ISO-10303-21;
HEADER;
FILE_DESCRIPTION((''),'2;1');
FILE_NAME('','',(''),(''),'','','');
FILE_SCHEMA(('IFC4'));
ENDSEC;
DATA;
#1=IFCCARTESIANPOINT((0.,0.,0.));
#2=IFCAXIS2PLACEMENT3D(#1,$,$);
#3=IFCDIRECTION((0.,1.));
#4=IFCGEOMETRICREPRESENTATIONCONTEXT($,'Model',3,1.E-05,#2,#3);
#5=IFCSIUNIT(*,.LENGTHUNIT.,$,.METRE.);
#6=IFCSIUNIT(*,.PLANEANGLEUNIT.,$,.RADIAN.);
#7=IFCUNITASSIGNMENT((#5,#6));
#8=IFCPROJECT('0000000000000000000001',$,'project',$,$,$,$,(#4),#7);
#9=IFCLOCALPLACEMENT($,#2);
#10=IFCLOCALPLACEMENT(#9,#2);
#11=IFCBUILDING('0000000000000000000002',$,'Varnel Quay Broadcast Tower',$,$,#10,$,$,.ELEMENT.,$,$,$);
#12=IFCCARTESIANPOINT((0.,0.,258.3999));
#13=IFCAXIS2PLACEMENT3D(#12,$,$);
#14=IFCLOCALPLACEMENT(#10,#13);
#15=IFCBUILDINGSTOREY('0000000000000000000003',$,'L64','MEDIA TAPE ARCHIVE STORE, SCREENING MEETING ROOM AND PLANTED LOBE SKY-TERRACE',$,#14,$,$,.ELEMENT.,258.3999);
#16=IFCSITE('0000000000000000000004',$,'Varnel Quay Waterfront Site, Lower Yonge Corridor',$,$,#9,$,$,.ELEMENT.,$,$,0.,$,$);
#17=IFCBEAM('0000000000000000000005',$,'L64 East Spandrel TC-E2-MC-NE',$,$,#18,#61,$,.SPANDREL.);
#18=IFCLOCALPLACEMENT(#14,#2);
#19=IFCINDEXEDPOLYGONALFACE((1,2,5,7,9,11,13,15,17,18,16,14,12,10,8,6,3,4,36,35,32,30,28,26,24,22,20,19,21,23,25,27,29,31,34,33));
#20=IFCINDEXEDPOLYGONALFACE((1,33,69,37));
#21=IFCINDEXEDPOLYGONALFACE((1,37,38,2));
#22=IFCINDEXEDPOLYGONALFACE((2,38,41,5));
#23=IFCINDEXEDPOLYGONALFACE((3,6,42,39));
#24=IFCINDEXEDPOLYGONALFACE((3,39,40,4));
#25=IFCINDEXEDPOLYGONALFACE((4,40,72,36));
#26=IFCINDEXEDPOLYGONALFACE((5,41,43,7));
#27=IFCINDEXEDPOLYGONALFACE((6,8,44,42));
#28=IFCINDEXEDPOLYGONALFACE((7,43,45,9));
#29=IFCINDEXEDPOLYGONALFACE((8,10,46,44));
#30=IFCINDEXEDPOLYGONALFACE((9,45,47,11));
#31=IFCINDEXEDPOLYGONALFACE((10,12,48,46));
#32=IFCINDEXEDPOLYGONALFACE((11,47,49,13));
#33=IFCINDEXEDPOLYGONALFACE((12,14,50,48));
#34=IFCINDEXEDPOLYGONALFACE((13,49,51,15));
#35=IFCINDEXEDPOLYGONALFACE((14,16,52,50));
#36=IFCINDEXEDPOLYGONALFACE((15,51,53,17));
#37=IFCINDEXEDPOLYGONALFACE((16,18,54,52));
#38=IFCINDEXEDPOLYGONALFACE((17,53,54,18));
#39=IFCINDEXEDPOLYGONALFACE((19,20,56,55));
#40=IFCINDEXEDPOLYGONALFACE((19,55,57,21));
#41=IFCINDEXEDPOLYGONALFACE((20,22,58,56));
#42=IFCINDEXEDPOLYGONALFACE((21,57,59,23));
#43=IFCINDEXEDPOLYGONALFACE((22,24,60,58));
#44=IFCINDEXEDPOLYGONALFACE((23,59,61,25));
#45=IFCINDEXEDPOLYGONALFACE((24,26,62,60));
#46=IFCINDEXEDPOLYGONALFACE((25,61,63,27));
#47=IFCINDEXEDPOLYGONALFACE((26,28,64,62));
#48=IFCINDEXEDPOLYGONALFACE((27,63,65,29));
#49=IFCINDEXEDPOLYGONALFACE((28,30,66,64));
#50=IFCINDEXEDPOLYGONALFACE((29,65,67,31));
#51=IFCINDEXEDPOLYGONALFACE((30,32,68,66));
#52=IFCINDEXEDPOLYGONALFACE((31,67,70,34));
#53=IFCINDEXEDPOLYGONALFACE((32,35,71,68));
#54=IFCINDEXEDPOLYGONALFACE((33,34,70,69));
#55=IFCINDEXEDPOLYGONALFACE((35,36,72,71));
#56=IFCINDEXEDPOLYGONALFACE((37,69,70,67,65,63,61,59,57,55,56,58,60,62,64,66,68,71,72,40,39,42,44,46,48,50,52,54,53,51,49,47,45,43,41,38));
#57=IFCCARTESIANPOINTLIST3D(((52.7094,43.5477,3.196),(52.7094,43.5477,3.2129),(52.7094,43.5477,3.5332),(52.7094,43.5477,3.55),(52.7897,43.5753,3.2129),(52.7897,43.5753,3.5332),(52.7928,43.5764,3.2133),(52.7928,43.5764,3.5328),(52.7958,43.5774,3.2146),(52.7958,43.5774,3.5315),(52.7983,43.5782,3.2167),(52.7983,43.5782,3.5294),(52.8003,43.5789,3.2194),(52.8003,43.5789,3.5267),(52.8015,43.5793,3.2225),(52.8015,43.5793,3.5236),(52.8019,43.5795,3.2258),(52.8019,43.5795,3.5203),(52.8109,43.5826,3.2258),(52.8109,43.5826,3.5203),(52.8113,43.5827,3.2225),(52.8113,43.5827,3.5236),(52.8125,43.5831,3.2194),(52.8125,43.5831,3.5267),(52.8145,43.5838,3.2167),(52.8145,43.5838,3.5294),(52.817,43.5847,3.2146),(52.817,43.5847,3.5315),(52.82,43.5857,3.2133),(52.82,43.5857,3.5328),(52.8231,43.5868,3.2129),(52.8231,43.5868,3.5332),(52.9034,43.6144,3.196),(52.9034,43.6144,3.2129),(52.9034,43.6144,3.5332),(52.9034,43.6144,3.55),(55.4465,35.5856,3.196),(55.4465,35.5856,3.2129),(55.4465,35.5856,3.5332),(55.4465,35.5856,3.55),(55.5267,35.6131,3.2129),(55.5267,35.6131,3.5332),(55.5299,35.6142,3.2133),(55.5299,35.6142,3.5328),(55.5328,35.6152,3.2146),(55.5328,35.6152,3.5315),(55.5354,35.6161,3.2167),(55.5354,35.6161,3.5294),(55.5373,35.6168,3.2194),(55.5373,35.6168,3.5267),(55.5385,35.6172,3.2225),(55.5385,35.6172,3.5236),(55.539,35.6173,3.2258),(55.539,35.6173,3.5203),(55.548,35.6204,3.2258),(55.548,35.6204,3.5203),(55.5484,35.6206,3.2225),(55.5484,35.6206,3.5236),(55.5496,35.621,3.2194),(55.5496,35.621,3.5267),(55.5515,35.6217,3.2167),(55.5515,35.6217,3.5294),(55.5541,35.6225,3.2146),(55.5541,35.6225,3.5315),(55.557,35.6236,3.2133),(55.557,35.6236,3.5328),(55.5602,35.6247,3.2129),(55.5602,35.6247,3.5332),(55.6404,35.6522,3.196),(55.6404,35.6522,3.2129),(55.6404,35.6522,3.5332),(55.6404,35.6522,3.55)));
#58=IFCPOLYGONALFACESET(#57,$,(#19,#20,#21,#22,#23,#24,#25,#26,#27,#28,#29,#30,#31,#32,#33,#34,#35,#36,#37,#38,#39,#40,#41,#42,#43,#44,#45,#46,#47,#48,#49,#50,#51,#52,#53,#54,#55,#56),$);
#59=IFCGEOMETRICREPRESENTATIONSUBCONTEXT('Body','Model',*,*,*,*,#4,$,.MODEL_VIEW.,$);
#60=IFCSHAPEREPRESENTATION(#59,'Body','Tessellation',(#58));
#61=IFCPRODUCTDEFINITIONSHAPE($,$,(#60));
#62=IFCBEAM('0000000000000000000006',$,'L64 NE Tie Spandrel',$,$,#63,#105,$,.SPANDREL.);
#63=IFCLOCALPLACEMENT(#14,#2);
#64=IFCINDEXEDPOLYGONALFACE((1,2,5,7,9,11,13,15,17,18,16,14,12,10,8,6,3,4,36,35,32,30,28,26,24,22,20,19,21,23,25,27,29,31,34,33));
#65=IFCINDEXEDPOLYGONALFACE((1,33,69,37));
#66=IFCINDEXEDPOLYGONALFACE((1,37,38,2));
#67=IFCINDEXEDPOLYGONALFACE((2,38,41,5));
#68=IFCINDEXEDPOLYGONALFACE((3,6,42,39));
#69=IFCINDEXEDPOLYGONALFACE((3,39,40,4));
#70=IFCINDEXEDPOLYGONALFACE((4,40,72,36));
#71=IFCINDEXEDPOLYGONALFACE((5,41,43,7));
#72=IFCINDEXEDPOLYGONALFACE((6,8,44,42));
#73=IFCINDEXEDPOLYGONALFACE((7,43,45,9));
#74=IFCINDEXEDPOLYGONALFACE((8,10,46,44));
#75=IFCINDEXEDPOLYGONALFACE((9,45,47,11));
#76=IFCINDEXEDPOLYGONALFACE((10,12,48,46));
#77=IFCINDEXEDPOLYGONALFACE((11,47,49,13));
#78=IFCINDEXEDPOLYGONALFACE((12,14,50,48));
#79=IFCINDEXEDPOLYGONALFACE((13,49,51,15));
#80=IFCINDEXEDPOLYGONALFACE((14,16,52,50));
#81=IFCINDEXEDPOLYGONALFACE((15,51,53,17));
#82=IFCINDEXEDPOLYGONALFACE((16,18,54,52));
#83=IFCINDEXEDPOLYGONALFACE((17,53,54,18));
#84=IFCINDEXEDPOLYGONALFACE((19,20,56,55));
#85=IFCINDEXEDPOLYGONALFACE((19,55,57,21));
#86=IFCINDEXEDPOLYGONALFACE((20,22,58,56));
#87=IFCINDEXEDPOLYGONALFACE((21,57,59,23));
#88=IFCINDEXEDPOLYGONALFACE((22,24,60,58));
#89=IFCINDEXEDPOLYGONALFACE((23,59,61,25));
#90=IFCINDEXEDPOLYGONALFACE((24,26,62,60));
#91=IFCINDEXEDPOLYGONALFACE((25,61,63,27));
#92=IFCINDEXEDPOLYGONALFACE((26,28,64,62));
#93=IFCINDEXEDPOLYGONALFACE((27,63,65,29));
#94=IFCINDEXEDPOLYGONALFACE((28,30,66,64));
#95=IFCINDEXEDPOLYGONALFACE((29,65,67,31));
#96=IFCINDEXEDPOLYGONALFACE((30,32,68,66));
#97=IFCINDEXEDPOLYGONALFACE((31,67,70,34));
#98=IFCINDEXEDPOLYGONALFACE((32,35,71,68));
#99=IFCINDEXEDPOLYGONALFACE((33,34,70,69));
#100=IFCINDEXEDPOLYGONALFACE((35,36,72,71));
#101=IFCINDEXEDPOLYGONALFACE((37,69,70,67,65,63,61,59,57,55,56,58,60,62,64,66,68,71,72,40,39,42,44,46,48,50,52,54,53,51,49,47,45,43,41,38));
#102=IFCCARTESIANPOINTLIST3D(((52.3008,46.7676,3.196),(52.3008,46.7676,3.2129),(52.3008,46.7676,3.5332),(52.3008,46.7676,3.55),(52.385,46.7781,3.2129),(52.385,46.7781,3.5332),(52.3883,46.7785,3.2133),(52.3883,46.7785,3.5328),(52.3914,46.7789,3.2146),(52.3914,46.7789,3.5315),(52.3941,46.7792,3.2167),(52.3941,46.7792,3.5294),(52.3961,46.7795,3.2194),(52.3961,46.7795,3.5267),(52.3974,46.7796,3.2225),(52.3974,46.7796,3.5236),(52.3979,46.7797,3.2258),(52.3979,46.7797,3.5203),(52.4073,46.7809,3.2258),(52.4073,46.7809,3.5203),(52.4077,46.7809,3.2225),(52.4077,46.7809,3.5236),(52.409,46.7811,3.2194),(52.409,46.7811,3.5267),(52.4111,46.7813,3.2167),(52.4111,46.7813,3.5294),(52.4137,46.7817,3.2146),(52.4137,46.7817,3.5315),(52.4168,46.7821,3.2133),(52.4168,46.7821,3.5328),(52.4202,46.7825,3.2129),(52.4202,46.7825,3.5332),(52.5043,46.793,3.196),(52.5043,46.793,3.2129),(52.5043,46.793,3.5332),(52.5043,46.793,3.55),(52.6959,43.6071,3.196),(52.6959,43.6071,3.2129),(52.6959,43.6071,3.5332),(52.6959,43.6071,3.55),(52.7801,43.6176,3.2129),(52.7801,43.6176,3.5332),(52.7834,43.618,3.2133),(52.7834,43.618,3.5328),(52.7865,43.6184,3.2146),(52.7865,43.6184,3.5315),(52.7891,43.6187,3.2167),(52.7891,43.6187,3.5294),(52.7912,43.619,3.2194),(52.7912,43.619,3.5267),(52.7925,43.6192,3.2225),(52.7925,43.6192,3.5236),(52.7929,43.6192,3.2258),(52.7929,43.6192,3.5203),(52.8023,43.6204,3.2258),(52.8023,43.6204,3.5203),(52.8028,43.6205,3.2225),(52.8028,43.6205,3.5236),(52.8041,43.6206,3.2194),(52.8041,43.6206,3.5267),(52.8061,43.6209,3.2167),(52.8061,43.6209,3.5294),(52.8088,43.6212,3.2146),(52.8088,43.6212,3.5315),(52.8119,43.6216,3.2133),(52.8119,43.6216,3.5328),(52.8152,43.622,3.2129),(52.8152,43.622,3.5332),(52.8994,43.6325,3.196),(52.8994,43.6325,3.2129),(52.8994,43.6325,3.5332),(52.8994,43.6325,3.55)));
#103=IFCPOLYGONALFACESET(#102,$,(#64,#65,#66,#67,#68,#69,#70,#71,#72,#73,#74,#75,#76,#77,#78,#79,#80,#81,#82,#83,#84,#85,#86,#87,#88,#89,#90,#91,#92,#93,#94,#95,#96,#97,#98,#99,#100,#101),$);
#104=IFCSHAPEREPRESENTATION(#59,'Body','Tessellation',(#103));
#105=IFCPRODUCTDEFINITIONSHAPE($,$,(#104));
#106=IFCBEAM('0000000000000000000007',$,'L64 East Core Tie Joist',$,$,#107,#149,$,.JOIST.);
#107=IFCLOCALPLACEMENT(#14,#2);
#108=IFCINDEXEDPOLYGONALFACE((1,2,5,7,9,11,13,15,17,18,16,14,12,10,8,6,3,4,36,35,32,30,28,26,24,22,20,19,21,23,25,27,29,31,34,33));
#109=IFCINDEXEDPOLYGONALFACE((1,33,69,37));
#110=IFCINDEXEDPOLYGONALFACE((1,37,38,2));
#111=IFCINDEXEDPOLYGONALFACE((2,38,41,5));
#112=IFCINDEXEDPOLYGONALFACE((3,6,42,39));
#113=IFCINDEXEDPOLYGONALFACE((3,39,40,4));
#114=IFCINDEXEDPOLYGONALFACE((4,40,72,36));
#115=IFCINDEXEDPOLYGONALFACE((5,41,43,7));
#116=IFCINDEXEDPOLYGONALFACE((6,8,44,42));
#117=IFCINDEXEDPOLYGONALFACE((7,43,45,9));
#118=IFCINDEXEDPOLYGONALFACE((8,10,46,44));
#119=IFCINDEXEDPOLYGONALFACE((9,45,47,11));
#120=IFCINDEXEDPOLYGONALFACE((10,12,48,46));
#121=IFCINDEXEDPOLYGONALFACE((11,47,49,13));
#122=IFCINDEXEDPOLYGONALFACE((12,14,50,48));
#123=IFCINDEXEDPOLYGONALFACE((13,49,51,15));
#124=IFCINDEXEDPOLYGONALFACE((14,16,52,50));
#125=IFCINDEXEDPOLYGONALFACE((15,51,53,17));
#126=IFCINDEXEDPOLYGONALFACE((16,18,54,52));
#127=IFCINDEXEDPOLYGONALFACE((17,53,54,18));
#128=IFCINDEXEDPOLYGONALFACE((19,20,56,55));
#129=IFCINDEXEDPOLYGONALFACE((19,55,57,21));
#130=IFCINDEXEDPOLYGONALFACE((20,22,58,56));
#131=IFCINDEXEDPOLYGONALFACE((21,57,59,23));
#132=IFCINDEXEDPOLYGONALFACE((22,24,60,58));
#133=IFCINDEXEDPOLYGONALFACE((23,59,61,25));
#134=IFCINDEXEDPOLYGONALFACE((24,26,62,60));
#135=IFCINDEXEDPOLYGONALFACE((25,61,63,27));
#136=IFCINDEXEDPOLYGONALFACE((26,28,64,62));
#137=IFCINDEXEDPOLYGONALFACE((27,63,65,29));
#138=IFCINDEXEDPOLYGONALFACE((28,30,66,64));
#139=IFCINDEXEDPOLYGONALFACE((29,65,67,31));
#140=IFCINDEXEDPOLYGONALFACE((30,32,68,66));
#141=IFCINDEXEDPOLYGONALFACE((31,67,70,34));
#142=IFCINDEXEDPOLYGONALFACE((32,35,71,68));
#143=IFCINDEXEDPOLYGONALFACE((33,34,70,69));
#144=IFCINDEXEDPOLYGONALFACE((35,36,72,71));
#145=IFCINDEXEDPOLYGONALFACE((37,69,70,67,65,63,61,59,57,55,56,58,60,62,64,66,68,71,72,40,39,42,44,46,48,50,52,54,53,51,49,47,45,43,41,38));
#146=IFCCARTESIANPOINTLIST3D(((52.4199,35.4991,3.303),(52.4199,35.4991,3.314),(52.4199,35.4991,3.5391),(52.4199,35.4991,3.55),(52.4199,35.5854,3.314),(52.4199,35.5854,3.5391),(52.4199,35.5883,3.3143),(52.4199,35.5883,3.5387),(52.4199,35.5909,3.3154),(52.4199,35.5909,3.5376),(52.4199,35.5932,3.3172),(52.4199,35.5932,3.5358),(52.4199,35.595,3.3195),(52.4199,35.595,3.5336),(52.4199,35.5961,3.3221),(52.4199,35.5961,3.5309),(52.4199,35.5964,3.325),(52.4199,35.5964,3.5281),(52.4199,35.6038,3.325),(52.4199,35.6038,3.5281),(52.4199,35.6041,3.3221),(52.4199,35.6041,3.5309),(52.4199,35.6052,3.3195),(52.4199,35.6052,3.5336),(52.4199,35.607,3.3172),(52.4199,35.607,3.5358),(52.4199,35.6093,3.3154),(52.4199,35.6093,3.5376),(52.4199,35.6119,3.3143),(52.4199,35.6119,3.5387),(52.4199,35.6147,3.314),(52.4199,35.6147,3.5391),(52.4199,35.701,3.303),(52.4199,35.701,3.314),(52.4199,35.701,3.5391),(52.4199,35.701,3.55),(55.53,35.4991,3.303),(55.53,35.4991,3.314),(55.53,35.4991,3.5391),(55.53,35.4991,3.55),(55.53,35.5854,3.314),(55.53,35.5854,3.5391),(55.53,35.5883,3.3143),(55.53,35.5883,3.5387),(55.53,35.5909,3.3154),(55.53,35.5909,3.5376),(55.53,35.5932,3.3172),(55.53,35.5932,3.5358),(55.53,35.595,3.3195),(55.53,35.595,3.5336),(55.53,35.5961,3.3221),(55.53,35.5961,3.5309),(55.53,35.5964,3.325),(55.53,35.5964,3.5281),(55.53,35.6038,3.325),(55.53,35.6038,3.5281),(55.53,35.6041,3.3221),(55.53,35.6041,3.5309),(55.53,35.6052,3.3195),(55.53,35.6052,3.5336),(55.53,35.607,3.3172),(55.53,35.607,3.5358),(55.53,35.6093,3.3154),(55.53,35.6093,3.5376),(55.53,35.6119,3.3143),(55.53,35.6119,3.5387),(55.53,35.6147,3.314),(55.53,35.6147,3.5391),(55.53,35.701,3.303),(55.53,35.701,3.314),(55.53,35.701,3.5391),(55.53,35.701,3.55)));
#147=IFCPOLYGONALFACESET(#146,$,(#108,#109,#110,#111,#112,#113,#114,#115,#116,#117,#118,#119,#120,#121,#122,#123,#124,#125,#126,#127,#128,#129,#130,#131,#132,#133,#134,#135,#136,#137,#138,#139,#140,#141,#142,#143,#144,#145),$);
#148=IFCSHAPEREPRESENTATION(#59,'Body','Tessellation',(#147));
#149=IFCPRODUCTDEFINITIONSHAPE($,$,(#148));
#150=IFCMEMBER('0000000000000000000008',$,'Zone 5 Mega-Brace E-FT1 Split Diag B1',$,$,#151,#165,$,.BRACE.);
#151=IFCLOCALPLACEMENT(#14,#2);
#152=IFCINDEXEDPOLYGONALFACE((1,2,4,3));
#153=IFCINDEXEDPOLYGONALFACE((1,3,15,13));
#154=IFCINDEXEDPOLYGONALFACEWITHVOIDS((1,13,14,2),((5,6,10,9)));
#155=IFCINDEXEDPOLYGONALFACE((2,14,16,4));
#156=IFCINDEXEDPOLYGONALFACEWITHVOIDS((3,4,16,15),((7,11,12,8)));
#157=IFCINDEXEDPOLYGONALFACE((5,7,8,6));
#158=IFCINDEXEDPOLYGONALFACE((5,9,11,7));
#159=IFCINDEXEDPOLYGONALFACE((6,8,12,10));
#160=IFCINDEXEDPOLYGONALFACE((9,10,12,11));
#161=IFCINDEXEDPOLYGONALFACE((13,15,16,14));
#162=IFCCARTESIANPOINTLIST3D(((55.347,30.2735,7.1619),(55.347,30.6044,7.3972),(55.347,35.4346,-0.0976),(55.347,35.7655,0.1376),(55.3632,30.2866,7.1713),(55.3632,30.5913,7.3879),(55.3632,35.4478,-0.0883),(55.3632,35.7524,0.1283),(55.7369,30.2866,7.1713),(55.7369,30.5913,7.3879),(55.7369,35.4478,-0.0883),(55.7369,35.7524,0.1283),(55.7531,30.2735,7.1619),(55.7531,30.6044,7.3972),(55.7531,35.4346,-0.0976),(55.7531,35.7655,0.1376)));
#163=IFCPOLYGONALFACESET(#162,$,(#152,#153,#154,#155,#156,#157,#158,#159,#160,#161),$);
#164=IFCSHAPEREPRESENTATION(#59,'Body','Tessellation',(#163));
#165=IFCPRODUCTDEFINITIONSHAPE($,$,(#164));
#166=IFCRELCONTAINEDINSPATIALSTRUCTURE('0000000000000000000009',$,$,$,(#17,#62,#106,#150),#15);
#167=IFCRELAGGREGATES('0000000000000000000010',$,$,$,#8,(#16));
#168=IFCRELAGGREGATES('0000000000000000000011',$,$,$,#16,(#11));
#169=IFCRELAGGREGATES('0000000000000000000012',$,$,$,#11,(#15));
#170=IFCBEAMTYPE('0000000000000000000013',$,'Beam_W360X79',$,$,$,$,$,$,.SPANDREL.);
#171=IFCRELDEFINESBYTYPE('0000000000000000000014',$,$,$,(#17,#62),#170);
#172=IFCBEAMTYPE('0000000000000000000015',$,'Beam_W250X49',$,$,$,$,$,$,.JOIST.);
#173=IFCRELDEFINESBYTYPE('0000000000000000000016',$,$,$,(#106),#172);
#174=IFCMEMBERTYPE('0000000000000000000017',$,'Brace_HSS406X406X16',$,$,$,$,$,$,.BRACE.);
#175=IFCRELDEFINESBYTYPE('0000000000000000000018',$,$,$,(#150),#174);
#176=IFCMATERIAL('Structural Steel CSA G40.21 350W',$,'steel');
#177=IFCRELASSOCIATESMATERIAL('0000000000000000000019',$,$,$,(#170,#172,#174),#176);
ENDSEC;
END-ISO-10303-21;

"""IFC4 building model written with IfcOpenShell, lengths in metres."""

from ifc_helpers import new_model, si_unit, direction, frame, origin, origin_2d, place, context, subcontext, project, spatial, hollow_rectangle, i_section, extrude, source, transform, mapped, material, material_profile, profile_set, type_object, type_shapes, element, save


model = new_model("IFC4")

# Units and contexts
model_context = context("Model", 3, precision=1e-05, world=origin(), true_north=direction((0.0, 1.0)))
body_context = subcontext(model_context, "Body", "Model", "MODEL_VIEW")
ifc_project = project(units=[si_unit("LENGTHUNIT", "METRE"), si_unit("PLANEANGLEUNIT", "RADIAN")], contexts=[model_context])

# Site, building, storey
site_placement = place(None, origin())
site = spatial("IfcSite", under=ifc_project, at=site_placement, Name="Varnel Quay Waterfront Site, Lower Yonge Corridor", CompositionType="ELEMENT", RefElevation=0.0)
building_placement = place(site_placement, origin())
building = spatial("IfcBuilding", under=site, at=building_placement, Name="Varnel Quay Broadcast Tower", CompositionType="ELEMENT")
storey_placement = place(building_placement, frame((0.0, 0.0, 258.3999)))
storey = spatial("IfcBuildingStorey", under=building, at=storey_placement, Name="L64", Description="MEDIA TAPE ARCHIVE STORE, SCREENING MEETING ROOM AND PLANTED LOBE SKY-TERRACE", CompositionType="ELEMENT", Elevation=258.3999)

# Shared definitions
ifc_material_1 = material(Name="Structural Steel CSA G40.21 350W", Category="steel")

# Beams
ifc_material_profile_1 = material_profile(ifc_material_1, i_section(OverallWidth=0.2051, OverallDepth=0.354, WebThickness=0.0095, FlangeThickness=0.0168, FilletRadius=0.0129, at=origin_2d()), Name="W360X79")
ifc_profile_set_1 = profile_set([ifc_material_profile_1], Name="Structural Steel CSA G40.21 350W")
beam_type_1 = type_object("IfcBeamType", Name="Beam_W360X79", PredefinedType="SPANDREL", material=ifc_profile_set_1)
shared_shape_1 = source(origin(), body_context, "Body", "SweptSolid", [
    extrude(i_section(OverallWidth=0.2051, OverallDepth=0.354, WebThickness=0.0095, FlangeThickness=0.0168, FilletRadius=0.0129, at=origin_2d()), origin(), (0.0, 0.0, 1.0), 8.4194),
])
beam_1_placement = place(storey_placement, frame((55.5435, 35.6189, 3.373), z_axis=(-0.325087, 0.945684, 0.0), x_axis=(-0.945684, -0.325087, 0.0)))
element("IfcBeam", 1, at=beam_1_placement, inside=storey, type_object=beam_type_1, Name="L64 East Spandrel TC-E2-MC-NE", PredefinedType="SPANDREL", context=body_context, shape_type="MappedRepresentation", body=[
    mapped(shared_shape_1, transform((0.0, 0.0, 0.0), x_axis=(1.0, 0.0, 0.0), y_axis=(0.0, 1.0, 0.0), z_axis=(0.0, 0.0, 1.0), scale=1.0)),
])
shared_shape_2 = source(origin(), body_context, "Body", "SweptSolid", [
    extrude(i_section(OverallWidth=0.2051, OverallDepth=0.354, WebThickness=0.0095, FlangeThickness=0.0168, FilletRadius=0.0129, at=origin_2d()), origin(), (0.0, 0.0, 1.0), 3.1851),
])
type_shapes(beam_type_1, [shared_shape_1, shared_shape_2])
beam_2_placement = place(storey_placement, frame((52.4026, 46.7803, 3.373), z_axis=(0.124025, -0.992279, 0.0), x_axis=(0.992279, 0.124025, 0.0)))
element("IfcBeam", 2, at=beam_2_placement, inside=storey, type_object=beam_type_1, Name="L64 NE Tie Spandrel", PredefinedType="SPANDREL", context=body_context, shape_type="MappedRepresentation", body=[
    mapped(shared_shape_2, transform((0.0, 0.0, 0.0), x_axis=(1.0, 0.0, 0.0), y_axis=(0.0, 1.0, 0.0), z_axis=(0.0, 0.0, 1.0), scale=1.0)),
])
ifc_material_profile_2 = material_profile(ifc_material_1, i_section(OverallWidth=0.2019, OverallDepth=0.2471, WebThickness=0.0073, FlangeThickness=0.011, FilletRadius=0.011, at=origin_2d()), Name="W250X49")
ifc_profile_set_2 = profile_set([ifc_material_profile_2], Name="Structural Steel CSA G40.21 350W")
beam_type_2 = type_object("IfcBeamType", Name="Beam_W250X49", PredefinedType="JOIST", material=ifc_profile_set_2)
shared_shape_3 = source(origin(), body_context, "Body", "SweptSolid", [
    extrude(i_section(OverallWidth=0.2019, OverallDepth=0.2471, WebThickness=0.0073, FlangeThickness=0.011, FilletRadius=0.011, at=origin_2d()), origin(), (0.0, 0.0, 1.0), 3.1101),
])
type_shapes(beam_type_2, [shared_shape_3])
beam_3_placement = place(storey_placement, frame((52.4199, 35.6001, 3.4265), z_axis=(1.0, 0.0, 0.0), x_axis=(0.0, 1.0, 0.0)))
element("IfcBeam", 3, at=beam_3_placement, inside=storey, type_object=beam_type_2, Name="L64 East Core Tie Joist", PredefinedType="JOIST", context=body_context, shape_type="MappedRepresentation", body=[
    mapped(shared_shape_3, transform((0.0, 0.0, 0.0), x_axis=(1.0, 0.0, 0.0), y_axis=(0.0, 1.0, 0.0), z_axis=(0.0, 0.0, 1.0), scale=1.0)),
])

# Member
ifc_material_profile_3 = material_profile(ifc_material_1, hollow_rectangle(XDim=0.406, YDim=0.406, WallThickness=0.0161, at=origin_2d()), Name="HSS406X406X16")
ifc_profile_set_3 = profile_set([ifc_material_profile_3], Name="Structural Steel CSA G40.21 350W")
member_type_1 = type_object("IfcMemberType", Name="Brace_HSS406X406X16", PredefinedType="BRACE", material=ifc_profile_set_3)
shared_shape_4 = source(origin(), body_context, "Body", "SweptSolid", [
    extrude(hollow_rectangle(XDim=0.406, YDim=0.406, WallThickness=0.0161, at=origin_2d()), origin(), (0.0, 0.0, 1.0), 8.9072),
])
type_shapes(member_type_1, [shared_shape_4])
member_1_placement = place(storey_placement, frame((55.55, 35.6001, 0.02), z_axis=(0.0, -0.579435, 0.815019), x_axis=(1.0, 0.0, 0.0)))
element("IfcMember", 4, at=member_1_placement, inside=storey, type_object=member_type_1, Name="Zone 5 Mega-Brace E-FT1 Split Diag B1", PredefinedType="BRACE", context=body_context, shape_type="MappedRepresentation", body=[
    mapped(shared_shape_4, transform((0.0, 0.0, 0.0), x_axis=(1.0, 0.0, 0.0), y_axis=(0.0, 1.0, 0.0), z_axis=(0.0, 0.0, 1.0), scale=1.0)),
])

save(model, "model.ifc")
